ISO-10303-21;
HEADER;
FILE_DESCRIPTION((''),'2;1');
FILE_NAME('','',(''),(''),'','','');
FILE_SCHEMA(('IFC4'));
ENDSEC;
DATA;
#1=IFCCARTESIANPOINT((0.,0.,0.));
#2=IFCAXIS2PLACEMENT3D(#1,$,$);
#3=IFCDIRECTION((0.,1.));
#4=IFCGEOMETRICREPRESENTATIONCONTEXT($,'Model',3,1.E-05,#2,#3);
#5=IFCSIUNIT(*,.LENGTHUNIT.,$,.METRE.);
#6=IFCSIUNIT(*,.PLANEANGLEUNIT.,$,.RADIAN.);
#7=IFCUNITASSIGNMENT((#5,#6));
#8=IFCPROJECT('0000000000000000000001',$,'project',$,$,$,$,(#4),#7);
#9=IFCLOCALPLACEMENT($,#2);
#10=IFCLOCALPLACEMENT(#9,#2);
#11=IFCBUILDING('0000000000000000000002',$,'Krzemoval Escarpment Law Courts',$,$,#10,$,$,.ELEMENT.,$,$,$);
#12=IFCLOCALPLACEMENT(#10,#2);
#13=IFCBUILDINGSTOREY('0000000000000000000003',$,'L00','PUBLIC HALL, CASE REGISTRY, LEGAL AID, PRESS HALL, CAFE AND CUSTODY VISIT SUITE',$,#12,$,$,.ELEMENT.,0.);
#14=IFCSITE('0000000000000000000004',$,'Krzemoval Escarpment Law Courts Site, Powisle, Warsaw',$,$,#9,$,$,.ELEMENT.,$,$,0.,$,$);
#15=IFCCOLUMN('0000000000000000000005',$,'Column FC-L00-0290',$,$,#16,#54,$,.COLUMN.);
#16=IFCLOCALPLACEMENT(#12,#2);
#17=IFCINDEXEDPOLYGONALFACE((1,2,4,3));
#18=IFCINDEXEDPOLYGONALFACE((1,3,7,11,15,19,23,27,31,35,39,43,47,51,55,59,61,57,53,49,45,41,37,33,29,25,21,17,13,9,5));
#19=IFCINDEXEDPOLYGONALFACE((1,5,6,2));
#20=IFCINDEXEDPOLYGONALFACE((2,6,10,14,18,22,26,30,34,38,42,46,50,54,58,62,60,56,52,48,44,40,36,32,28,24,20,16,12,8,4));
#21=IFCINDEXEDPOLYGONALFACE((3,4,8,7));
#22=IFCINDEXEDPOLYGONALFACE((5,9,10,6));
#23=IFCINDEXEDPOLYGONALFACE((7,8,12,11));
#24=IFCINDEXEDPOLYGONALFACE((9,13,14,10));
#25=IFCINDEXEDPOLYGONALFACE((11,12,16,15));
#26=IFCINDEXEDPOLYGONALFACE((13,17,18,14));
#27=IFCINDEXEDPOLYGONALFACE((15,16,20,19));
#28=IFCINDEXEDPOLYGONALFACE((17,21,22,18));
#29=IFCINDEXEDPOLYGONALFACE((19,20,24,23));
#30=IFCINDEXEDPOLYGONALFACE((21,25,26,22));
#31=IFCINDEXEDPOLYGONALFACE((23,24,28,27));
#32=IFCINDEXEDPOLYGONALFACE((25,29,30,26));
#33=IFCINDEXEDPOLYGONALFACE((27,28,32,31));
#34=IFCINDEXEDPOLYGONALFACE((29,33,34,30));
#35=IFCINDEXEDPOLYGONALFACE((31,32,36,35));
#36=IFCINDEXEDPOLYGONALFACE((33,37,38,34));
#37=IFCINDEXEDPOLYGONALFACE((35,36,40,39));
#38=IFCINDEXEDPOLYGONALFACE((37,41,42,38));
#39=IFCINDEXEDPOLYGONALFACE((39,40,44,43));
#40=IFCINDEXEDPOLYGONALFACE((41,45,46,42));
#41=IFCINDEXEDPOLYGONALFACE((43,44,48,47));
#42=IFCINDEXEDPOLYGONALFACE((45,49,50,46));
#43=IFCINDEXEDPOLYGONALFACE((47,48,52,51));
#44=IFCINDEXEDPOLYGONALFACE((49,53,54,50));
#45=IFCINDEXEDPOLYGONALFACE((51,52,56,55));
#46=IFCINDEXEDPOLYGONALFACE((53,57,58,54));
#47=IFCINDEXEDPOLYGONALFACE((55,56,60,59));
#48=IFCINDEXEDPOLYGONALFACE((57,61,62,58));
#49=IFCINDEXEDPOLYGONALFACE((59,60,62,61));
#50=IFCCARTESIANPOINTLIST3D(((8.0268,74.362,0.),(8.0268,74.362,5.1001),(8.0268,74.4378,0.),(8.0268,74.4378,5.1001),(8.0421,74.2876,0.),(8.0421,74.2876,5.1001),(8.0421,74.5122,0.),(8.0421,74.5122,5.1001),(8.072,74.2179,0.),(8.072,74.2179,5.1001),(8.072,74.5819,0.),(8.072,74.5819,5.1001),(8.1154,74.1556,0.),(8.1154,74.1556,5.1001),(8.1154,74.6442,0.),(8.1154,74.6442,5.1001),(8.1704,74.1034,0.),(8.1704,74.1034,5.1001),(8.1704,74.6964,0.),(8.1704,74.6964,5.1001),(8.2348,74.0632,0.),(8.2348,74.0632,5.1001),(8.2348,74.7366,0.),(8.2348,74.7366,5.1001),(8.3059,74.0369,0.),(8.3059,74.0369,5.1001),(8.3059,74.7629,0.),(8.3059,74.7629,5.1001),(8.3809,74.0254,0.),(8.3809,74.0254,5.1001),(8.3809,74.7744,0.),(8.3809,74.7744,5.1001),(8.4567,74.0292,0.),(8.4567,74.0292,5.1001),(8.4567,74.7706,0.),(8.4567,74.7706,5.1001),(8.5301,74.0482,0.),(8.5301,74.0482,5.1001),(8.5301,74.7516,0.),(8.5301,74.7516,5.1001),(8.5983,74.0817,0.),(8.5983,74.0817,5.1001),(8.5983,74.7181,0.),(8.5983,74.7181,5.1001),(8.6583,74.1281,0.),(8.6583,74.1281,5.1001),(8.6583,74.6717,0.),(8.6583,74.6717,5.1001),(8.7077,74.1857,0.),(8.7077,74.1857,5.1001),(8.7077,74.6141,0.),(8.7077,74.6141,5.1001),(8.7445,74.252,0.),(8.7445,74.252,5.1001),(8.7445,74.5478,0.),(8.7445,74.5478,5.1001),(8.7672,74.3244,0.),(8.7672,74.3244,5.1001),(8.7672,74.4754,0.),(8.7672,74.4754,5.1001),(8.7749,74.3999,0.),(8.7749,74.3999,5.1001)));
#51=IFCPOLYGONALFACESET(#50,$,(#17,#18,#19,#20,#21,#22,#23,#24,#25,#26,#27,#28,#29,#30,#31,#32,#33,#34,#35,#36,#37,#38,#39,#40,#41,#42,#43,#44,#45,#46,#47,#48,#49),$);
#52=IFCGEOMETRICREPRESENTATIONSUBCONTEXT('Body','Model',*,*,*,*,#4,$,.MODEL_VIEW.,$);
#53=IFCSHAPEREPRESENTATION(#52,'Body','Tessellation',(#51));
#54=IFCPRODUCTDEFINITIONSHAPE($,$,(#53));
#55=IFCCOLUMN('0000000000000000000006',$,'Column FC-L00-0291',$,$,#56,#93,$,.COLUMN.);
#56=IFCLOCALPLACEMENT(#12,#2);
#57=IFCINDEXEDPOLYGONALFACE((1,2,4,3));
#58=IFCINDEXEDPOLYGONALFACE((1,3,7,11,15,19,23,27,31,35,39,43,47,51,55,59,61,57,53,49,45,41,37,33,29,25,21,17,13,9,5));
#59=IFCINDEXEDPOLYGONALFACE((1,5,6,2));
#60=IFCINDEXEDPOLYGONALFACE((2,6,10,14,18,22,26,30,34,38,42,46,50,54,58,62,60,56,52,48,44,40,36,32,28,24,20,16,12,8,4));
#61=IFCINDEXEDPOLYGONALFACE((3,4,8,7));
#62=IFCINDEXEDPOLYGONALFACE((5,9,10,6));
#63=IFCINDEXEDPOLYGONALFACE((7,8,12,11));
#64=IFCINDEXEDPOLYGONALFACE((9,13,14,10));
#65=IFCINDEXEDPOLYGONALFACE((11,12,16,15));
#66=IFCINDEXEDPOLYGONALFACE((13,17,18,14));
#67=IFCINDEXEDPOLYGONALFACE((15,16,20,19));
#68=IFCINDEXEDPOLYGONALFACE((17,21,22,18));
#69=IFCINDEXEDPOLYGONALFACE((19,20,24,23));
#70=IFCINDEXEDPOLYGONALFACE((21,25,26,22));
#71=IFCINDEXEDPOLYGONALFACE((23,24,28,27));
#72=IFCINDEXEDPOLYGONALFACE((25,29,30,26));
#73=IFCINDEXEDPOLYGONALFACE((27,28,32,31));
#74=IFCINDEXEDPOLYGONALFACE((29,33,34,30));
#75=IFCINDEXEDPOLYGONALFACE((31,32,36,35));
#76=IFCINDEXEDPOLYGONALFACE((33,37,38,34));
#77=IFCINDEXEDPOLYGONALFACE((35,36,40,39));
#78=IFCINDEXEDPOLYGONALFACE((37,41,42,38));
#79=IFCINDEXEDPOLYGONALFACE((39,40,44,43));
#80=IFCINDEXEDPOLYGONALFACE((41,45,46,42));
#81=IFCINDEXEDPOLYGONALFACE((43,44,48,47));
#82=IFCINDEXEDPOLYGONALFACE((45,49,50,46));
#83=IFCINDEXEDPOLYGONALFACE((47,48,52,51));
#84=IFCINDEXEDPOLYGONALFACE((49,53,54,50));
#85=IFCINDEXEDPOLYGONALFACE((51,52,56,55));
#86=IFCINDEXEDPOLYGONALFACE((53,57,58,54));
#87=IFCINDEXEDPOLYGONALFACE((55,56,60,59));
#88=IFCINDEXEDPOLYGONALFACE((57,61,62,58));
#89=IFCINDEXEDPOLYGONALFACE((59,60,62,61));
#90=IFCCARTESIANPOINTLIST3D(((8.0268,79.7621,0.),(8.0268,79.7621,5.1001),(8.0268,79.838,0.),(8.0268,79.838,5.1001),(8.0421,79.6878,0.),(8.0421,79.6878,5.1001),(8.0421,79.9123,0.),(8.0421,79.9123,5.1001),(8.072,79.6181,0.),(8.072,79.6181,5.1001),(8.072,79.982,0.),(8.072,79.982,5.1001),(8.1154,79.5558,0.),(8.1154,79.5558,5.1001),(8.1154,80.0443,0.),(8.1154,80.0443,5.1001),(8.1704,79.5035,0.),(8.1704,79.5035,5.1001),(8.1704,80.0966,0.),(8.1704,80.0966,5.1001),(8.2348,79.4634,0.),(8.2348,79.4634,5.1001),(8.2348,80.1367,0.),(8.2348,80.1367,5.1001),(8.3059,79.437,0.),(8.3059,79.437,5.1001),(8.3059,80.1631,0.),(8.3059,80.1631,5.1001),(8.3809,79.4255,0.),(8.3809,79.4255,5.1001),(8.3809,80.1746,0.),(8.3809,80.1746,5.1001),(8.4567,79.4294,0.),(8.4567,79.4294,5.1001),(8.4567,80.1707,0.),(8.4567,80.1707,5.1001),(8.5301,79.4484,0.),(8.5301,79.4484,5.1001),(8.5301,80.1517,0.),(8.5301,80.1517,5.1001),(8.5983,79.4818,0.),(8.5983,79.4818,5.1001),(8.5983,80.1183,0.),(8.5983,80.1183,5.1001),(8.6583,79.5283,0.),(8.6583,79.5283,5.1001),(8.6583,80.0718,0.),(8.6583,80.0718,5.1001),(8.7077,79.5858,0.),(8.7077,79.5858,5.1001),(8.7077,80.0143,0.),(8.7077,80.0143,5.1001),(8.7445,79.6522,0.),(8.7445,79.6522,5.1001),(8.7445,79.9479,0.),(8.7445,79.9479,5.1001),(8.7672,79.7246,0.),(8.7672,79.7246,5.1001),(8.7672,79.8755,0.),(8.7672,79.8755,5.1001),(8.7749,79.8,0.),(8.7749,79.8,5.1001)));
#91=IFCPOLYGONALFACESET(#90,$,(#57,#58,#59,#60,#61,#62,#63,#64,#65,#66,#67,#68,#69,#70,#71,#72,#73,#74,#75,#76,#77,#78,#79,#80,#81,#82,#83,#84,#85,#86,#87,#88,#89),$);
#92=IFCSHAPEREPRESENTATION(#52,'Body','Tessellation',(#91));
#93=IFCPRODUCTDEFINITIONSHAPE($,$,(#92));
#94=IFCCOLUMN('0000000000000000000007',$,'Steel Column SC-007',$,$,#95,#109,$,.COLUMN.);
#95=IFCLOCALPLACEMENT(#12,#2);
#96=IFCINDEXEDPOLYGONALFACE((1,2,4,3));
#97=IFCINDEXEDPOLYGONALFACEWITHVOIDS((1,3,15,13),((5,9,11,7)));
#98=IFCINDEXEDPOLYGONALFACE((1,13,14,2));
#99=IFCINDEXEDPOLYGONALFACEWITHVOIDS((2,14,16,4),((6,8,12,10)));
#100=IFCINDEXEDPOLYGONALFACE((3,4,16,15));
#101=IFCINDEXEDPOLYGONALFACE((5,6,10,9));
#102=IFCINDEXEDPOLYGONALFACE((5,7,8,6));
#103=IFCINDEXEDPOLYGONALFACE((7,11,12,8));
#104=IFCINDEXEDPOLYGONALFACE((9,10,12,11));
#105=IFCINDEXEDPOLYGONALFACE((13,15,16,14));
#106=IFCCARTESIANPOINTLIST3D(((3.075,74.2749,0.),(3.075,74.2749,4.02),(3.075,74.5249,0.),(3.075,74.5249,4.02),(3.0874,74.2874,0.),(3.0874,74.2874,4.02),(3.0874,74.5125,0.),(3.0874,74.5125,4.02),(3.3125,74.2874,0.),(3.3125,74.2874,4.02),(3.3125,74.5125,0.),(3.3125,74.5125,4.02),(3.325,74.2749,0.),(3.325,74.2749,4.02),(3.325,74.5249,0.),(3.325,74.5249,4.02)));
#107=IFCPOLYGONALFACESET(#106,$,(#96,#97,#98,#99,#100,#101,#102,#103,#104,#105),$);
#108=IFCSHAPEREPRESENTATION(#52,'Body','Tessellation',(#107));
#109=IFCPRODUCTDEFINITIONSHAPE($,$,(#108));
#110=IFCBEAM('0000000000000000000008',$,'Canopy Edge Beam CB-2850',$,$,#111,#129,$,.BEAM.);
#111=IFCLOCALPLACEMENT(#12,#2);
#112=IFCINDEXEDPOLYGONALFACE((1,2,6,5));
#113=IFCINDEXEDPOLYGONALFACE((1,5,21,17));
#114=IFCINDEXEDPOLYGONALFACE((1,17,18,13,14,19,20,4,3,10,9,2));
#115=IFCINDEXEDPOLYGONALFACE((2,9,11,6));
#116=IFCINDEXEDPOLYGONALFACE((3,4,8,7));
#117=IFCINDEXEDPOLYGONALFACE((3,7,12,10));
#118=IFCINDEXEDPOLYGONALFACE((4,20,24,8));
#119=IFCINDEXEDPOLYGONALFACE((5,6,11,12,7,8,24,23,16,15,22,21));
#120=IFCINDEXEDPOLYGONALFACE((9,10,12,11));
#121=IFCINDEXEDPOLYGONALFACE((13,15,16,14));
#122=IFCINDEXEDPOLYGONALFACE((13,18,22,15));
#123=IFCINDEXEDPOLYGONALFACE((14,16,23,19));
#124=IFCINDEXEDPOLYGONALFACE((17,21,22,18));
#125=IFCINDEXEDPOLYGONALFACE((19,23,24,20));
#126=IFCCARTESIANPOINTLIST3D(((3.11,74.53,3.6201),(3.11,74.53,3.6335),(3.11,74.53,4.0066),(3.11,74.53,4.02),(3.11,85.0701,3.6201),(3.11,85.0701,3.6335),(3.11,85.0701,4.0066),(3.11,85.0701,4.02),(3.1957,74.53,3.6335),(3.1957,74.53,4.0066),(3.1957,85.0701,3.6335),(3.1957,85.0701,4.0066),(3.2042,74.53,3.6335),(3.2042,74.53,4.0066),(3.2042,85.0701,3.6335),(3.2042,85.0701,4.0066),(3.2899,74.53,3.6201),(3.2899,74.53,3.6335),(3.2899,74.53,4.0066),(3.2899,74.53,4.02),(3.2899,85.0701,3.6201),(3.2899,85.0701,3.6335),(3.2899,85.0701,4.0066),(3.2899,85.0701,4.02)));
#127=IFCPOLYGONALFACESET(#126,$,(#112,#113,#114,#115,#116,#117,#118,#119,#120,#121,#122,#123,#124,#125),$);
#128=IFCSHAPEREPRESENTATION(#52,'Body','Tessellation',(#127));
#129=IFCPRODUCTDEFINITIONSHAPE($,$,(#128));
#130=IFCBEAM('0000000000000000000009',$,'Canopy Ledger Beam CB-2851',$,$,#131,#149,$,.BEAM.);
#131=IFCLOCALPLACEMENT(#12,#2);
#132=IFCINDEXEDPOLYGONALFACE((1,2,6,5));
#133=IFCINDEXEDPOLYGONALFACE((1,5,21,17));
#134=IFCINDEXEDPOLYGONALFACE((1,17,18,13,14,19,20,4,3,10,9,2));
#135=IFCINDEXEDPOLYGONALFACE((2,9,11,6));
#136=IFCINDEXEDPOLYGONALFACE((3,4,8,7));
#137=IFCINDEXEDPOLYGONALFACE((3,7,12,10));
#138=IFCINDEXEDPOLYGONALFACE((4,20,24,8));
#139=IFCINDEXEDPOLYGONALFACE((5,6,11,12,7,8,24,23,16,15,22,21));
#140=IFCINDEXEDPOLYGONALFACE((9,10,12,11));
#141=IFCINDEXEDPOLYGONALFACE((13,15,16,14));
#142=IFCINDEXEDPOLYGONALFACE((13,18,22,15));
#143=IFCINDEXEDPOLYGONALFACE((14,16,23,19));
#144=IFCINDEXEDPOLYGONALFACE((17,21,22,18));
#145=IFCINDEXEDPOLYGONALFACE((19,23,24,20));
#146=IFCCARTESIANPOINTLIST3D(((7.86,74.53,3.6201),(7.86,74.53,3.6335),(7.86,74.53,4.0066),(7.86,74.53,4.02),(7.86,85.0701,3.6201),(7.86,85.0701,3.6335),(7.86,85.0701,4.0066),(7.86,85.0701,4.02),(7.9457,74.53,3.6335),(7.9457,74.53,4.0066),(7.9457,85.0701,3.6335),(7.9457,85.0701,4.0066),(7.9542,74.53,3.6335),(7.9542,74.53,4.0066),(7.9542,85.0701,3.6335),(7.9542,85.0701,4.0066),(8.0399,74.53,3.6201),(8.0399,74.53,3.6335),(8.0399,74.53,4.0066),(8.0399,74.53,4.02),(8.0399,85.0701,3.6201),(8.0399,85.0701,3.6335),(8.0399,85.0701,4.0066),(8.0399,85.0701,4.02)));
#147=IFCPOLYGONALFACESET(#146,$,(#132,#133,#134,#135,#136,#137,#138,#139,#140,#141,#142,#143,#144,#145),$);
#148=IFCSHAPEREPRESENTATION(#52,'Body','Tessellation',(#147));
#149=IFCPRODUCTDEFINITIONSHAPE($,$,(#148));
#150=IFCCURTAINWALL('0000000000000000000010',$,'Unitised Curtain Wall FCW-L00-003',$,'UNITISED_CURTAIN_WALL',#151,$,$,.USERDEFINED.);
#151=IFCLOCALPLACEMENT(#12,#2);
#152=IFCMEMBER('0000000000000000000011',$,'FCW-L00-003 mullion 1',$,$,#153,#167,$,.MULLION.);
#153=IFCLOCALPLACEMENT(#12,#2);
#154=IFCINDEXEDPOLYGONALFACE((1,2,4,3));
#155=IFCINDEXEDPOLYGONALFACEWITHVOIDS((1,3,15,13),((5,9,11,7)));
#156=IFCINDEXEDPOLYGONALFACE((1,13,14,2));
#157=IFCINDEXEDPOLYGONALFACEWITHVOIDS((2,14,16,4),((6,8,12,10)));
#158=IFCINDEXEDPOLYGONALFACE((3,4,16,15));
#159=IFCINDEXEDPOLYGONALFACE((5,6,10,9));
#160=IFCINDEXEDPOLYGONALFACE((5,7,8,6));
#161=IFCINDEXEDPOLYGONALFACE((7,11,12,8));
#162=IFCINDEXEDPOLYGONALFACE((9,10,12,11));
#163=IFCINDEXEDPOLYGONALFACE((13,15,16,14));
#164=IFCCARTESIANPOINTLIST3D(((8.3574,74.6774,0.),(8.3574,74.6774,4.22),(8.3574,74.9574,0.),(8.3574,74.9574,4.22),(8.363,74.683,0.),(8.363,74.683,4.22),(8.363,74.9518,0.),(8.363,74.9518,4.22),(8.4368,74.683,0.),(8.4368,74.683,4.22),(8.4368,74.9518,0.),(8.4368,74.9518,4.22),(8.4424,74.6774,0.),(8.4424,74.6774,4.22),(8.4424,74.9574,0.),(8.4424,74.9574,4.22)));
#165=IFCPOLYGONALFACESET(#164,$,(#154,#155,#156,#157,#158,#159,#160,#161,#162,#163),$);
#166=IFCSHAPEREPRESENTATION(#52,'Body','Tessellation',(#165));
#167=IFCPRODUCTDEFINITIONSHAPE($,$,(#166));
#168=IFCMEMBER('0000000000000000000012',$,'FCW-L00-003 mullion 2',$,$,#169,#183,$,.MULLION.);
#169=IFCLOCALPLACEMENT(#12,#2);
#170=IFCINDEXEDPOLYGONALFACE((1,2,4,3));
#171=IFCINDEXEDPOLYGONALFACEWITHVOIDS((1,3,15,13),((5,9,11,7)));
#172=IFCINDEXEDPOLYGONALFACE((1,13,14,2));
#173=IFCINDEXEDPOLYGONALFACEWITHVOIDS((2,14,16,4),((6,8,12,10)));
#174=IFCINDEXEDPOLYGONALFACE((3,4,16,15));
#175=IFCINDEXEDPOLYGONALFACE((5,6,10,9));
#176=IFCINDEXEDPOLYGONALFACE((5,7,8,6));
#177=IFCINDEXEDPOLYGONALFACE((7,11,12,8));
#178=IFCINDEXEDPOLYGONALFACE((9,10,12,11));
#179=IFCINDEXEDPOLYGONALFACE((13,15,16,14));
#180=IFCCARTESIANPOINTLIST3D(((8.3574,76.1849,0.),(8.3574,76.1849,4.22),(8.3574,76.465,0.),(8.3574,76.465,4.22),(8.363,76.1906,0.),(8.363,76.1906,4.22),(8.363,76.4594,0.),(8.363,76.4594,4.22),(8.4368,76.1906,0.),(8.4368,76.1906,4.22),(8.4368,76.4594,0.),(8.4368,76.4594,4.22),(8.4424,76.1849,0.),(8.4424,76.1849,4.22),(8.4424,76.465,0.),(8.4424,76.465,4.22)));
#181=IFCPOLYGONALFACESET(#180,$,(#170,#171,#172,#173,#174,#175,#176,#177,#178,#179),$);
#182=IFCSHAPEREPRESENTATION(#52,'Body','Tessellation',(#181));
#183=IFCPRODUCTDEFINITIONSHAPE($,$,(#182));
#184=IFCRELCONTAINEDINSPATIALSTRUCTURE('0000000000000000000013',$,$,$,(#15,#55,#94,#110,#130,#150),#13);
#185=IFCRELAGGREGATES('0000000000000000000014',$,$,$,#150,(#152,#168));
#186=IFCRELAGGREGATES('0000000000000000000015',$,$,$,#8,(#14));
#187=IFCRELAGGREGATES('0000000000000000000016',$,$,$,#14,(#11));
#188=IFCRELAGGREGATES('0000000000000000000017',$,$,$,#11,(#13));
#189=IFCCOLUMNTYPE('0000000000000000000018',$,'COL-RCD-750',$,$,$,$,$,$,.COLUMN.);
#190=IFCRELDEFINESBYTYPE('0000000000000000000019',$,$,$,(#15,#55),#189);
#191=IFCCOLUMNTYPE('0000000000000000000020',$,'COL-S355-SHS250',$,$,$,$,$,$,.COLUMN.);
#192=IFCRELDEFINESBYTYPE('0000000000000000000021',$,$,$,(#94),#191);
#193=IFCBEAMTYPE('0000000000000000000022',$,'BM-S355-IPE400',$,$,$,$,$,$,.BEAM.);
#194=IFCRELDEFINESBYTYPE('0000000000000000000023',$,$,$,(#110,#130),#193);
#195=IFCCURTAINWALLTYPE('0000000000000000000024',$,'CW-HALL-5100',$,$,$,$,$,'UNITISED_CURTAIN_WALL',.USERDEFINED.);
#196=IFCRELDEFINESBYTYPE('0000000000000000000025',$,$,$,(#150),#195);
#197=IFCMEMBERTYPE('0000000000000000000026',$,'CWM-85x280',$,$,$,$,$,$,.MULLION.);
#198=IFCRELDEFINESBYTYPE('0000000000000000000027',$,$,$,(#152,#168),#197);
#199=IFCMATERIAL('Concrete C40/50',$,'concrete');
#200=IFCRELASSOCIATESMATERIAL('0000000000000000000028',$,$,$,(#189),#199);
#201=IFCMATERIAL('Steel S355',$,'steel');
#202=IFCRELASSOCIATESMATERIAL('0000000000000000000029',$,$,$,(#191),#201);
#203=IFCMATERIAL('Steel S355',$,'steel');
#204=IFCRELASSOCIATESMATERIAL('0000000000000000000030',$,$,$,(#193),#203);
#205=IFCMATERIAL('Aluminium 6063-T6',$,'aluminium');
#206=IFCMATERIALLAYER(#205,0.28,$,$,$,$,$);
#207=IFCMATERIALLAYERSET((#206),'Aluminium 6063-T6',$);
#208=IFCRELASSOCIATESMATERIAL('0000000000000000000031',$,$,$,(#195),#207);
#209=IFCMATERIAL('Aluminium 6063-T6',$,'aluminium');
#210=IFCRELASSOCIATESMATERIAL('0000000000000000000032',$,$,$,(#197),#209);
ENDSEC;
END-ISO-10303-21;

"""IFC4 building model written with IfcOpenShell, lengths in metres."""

from ifc_helpers import new_model, si_unit, direction, frame, origin, origin_2d, place, context, subcontext, project, spatial, hollow_rectangle, circle, i_section, extrude, material, layer, layer_set, material_profile, profile_set, type_object, element, aggregate, save


model = new_model("IFC4")

# Units and contexts
model_context = context("Model", 3, precision=1e-05, world=origin(), true_north=direction((0.0, 1.0)))
body_context = subcontext(model_context, "Body", "Model", "MODEL_VIEW")
ifc_project = project(units=[si_unit("LENGTHUNIT", "METRE"), si_unit("PLANEANGLEUNIT", "RADIAN")], contexts=[model_context])

# Site, building, storey
site_placement = place(None, origin())
site = spatial("IfcSite", under=ifc_project, at=site_placement, Name="Krzemoval Escarpment Law Courts Site, Powisle, Warsaw", CompositionType="ELEMENT", RefElevation=0.0)
building_placement = place(site_placement, origin())
building = spatial("IfcBuilding", under=site, at=building_placement, Name="Krzemoval Escarpment Law Courts", CompositionType="ELEMENT")
storey_placement = place(building_placement, origin())
storey = spatial("IfcBuildingStorey", under=building, at=storey_placement, Name="L00", Description="PUBLIC HALL, CASE REGISTRY, LEGAL AID, PRESS HALL, CAFE AND CUSTODY VISIT SUITE", CompositionType="ELEMENT", Elevation=0.0)

# Columns
ifc_material_1 = material(Name="Concrete C40/50", Category="concrete")
ifc_material_profile_1 = material_profile(ifc_material_1, circle(Radius=0.375, at=origin_2d()), Name="RC D750")
ifc_profile_set_1 = profile_set([ifc_material_profile_1], Name="Concrete C40/50")
column_type_1 = type_object("IfcColumnType", Name="COL-RCD-750", PredefinedType="COLUMN", material=ifc_profile_set_1)
for number, where, z_axis, x_axis, name in (
    (1, (8.3999, 74.3999, 0.0), (0.0, 0.0, 1.0), (1.0, 0.0, 0.0), "Column FC-L00-0290"),
    (2, (8.3999, 79.8, 0.0), (0.0, 0.0, 1.0), (1.0, 0.0, 0.0), "Column FC-L00-0291"),
):
    element("IfcColumn", number, at=place(storey_placement, frame(where, z_axis=z_axis, x_axis=x_axis)), inside=storey, type_object=column_type_1, Name=name, PredefinedType="COLUMN", context=body_context, shape_type="SweptSolid", body=[
        extrude(circle(Radius=0.375, at=origin_2d()), origin(), (0.0, 0.0, 1.0), 5.1001),
    ])
ifc_material_2 = material(Name="Steel S355", Category="steel")
ifc_material_profile_2 = material_profile(ifc_material_2, hollow_rectangle(XDim=0.25, YDim=0.25, WallThickness=0.0125, at=origin_2d()), Name="SHS 250x250x12.5")
ifc_profile_set_2 = profile_set([ifc_material_profile_2], Name="Steel S355")
column_type_2 = type_object("IfcColumnType", Name="COL-S355-SHS250", PredefinedType="COLUMN", material=ifc_profile_set_2)
column_placement = place(storey_placement, frame((3.2, 74.3999, 0.0), z_axis=(0.0, 0.0, 1.0), x_axis=(1.0, 0.0, 0.0)))
element("IfcColumn", 3, at=column_placement, inside=storey, type_object=column_type_2, Name="Steel Column SC-007", PredefinedType="COLUMN", context=body_context, shape_type="SweptSolid", body=[
    extrude(hollow_rectangle(XDim=0.25, YDim=0.25, WallThickness=0.0125, at=origin_2d()), origin(), (0.0, 0.0, 1.0), 4.02),
])

# Beams
ifc_material_3 = material(Name="Steel S355", Category="steel")
ifc_material_profile_3 = material_profile(ifc_material_3, i_section(OverallWidth=0.1799, OverallDepth=0.3999, WebThickness=0.0085, FlangeThickness=0.0134, at=origin_2d()), Name="IPE 400")
ifc_profile_set_3 = profile_set([ifc_material_profile_3], Name="Steel S355")
beam_type_1 = type_object("IfcBeamType", Name="BM-S355-IPE400", PredefinedType="BEAM", material=ifc_profile_set_3)
for number, where, z_axis, x_axis, name in (
    (4, (3.2, 74.53, 3.8201), (0.0, 1.0, 0.0), (-1.0, 0.0, 0.0), "Canopy Edge Beam CB-2850"),
    (5, (7.95, 74.53, 3.8201), (0.0, 1.0, 0.0), (-1.0, 0.0, 0.0), "Canopy Ledger Beam CB-2851"),
):
    element("IfcBeam", number, at=place(storey_placement, frame(where, z_axis=z_axis, x_axis=x_axis)), inside=storey, type_object=beam_type_1, Name=name, PredefinedType="BEAM", context=body_context, shape_type="SweptSolid", body=[
        extrude(i_section(OverallWidth=0.1799, OverallDepth=0.3999, WebThickness=0.0085, FlangeThickness=0.0134, at=origin_2d()), origin(), (0.0, 0.0, 1.0), 10.54),
    ])

# Curtain wall, members
ifc_material_4 = material(Name="Aluminium 6063-T6", Category="aluminium")
ifc_layer_1 = layer(ifc_material_4, 0.28)
ifc_layer_set_1 = layer_set([ifc_layer_1], Name="Aluminium 6063-T6")
curtain_wall_type = type_object("IfcCurtainWallType", Name="CW-HALL-5100", ElementType="UNITISED_CURTAIN_WALL", PredefinedType="USERDEFINED", material=ifc_layer_set_1)
curtain_wall_placement = place(storey_placement, origin())
curtain_wall = element("IfcCurtainWall", 6, at=curtain_wall_placement, inside=storey, type_object=curtain_wall_type, Name="Unitised Curtain Wall FCW-L00-003", ObjectType="UNITISED_CURTAIN_WALL", PredefinedType="USERDEFINED")
ifc_material_5 = material(Name="Aluminium 6063-T6", Category="aluminium")
ifc_material_profile_4 = material_profile(ifc_material_5, hollow_rectangle(XDim=0.085, YDim=0.28, WallThickness=0.0056, at=origin_2d()), Name="ALU M85x280")
ifc_profile_set_4 = profile_set([ifc_material_profile_4], Name="Aluminium 6063-T6")
member_type_1 = type_object("IfcMemberType", Name="CWM-85x280", PredefinedType="MULLION", material=ifc_profile_set_4)
member_1_placement = place(storey_placement, frame((8.3999, 74.8174, 0.0), z_axis=(0.0, 0.0, 1.0), x_axis=(-1.0, 0.0, 0.0)))
member_1 = element("IfcMember", 7, at=member_1_placement, type_object=member_type_1, Name="FCW-L00-003 mullion 1", PredefinedType="MULLION", context=body_context, shape_type="SweptSolid", body=[
    extrude(hollow_rectangle(XDim=0.085, YDim=0.28, WallThickness=0.0056, at=origin_2d()), origin(), (0.0, 0.0, 1.0), 4.22),
])
member_2_placement = place(storey_placement, frame((8.3999, 76.325, 0.0), z_axis=(0.0, 0.0, 1.0), x_axis=(-1.0, 0.0, 0.0)))
member_2 = element("IfcMember", 8, at=member_2_placement, type_object=member_type_1, Name="FCW-L00-003 mullion 2", PredefinedType="MULLION", context=body_context, shape_type="SweptSolid", body=[
    extrude(hollow_rectangle(XDim=0.085, YDim=0.28, WallThickness=0.0056, at=origin_2d()), origin(), (0.0, 0.0, 1.0), 4.22),
])

aggregate(curtain_wall, [member_1, member_2])

save(model, "model.ifc")
